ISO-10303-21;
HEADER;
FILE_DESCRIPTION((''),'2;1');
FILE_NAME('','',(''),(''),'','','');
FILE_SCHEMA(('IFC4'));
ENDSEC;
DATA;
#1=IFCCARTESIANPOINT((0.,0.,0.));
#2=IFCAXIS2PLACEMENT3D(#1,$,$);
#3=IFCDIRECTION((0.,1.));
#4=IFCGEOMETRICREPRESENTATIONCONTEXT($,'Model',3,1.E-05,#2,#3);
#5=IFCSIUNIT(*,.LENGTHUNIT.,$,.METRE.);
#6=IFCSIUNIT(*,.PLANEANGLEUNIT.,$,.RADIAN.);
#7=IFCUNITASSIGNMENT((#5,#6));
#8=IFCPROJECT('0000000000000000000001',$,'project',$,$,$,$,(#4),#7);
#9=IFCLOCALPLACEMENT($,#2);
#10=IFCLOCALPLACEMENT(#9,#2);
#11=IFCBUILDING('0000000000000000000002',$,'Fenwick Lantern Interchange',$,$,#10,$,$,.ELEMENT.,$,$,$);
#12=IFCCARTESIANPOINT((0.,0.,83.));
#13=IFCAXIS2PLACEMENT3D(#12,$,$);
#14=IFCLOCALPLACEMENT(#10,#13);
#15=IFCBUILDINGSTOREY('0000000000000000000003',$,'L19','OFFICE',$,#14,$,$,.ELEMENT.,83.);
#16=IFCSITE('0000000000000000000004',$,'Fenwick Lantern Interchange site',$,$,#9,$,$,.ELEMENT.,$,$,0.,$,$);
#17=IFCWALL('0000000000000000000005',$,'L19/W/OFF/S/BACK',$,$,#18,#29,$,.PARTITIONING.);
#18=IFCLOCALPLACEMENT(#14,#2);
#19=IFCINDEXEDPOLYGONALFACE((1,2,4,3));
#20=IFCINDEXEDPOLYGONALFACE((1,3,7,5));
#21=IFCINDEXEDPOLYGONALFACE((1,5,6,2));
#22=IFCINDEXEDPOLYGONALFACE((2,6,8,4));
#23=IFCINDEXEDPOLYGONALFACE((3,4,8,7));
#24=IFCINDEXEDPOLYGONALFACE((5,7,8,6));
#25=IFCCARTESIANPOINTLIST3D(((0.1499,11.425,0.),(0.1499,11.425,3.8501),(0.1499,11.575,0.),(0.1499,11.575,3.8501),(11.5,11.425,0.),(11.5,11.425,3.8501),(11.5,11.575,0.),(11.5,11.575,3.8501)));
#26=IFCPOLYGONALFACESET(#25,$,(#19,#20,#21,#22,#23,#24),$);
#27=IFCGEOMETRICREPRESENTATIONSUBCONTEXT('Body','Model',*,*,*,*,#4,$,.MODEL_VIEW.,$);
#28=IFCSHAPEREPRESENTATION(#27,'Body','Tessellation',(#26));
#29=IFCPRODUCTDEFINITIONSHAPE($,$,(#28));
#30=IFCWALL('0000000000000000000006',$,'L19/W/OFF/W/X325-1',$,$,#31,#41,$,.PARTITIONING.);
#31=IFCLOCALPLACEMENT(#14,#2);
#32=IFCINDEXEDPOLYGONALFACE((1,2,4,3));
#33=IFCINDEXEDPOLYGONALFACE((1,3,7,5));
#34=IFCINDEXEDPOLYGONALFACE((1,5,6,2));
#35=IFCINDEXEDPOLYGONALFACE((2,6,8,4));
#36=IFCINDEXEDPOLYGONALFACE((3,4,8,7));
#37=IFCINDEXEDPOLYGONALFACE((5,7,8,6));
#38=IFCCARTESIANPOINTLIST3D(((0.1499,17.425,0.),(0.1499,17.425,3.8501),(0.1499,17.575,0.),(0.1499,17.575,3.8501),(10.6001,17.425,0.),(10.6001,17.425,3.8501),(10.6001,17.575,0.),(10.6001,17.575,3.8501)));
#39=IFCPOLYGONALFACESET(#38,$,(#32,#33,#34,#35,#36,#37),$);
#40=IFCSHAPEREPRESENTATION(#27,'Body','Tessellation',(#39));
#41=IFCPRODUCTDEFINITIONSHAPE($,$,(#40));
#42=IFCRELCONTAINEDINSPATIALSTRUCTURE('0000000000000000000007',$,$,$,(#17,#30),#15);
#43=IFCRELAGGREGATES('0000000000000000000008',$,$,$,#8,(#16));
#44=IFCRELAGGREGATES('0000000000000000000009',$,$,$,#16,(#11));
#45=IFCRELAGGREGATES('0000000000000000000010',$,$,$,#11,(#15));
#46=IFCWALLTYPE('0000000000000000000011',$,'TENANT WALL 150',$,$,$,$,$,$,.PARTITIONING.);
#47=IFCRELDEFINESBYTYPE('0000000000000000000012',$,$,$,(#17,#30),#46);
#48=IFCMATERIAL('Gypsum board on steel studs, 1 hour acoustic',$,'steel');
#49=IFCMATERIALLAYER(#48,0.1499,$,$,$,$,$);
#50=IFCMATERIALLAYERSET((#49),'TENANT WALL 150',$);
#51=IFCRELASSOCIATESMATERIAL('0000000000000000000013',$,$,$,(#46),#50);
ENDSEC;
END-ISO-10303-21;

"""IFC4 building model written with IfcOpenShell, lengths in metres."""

from ifc_helpers import new_model, si_unit, direction, frame, frame_2d, origin, place, context, subcontext, project, spatial, rectangle, extrude, material, layer, layer_set, type_object, element, save


model = new_model("IFC4")

# Units and contexts
model_context = context("Model", 3, precision=1e-05, world=origin(), true_north=direction((0.0, 1.0)))
body_context = subcontext(model_context, "Body", "Model", "MODEL_VIEW")
ifc_project = project(units=[si_unit("LENGTHUNIT", "METRE"), si_unit("PLANEANGLEUNIT", "RADIAN")], contexts=[model_context])

# Site, building, storey
site_placement = place(None, origin())
site = spatial("IfcSite", under=ifc_project, at=site_placement, Name="Fenwick Lantern Interchange site", CompositionType="ELEMENT", RefElevation=0.0)
building_placement = place(site_placement, origin())
building = spatial("IfcBuilding", under=site, at=building_placement, Name="Fenwick Lantern Interchange", CompositionType="ELEMENT")
storey_placement = place(building_placement, frame((0.0, 0.0, 83.0)))
storey = spatial("IfcBuildingStorey", under=building, at=storey_placement, Name="L19", Description="OFFICE", CompositionType="ELEMENT", Elevation=83.0)

# Walls
ifc_material_1 = material(Name="Gypsum board on steel studs, 1 hour acoustic", Category="steel")
ifc_layer = layer(ifc_material_1, 0.1499)
ifc_layer_set = layer_set([ifc_layer], Name="TENANT WALL 150")
wall_type = type_object("IfcWallType", Name="TENANT WALL 150", PredefinedType="PARTITIONING", material=ifc_layer_set)
wall_1_placement = place(storey_placement, frame((0.1499, 11.5, 0.0), z_axis=(0.0, 0.0, 1.0), x_axis=(1.0, 0.0, 0.0)))
element("IfcWall", 1, at=wall_1_placement, inside=storey, type_object=wall_type, Name="L19/W/OFF/S/BACK", PredefinedType="PARTITIONING", context=body_context, shape_type="SweptSolid", body=[
    extrude(rectangle(XDim=11.3501, YDim=0.1499, at=frame_2d((5.675, 0.0))), origin(), (0.0, 0.0, 1.0), 3.8501),
])
wall_2_placement = place(storey_placement, frame((0.1499, 17.5, 0.0), z_axis=(0.0, 0.0, 1.0), x_axis=(1.0, 0.0, 0.0)))
element("IfcWall", 2, at=wall_2_placement, inside=storey, type_object=wall_type, Name="L19/W/OFF/W/X325-1", PredefinedType="PARTITIONING", context=body_context, shape_type="SweptSolid", body=[
    extrude(rectangle(XDim=10.4502, YDim=0.1499, at=frame_2d((5.2251, 0.0))), origin(), (0.0, 0.0, 1.0), 3.8501),
])

save(model, "model.ifc")
